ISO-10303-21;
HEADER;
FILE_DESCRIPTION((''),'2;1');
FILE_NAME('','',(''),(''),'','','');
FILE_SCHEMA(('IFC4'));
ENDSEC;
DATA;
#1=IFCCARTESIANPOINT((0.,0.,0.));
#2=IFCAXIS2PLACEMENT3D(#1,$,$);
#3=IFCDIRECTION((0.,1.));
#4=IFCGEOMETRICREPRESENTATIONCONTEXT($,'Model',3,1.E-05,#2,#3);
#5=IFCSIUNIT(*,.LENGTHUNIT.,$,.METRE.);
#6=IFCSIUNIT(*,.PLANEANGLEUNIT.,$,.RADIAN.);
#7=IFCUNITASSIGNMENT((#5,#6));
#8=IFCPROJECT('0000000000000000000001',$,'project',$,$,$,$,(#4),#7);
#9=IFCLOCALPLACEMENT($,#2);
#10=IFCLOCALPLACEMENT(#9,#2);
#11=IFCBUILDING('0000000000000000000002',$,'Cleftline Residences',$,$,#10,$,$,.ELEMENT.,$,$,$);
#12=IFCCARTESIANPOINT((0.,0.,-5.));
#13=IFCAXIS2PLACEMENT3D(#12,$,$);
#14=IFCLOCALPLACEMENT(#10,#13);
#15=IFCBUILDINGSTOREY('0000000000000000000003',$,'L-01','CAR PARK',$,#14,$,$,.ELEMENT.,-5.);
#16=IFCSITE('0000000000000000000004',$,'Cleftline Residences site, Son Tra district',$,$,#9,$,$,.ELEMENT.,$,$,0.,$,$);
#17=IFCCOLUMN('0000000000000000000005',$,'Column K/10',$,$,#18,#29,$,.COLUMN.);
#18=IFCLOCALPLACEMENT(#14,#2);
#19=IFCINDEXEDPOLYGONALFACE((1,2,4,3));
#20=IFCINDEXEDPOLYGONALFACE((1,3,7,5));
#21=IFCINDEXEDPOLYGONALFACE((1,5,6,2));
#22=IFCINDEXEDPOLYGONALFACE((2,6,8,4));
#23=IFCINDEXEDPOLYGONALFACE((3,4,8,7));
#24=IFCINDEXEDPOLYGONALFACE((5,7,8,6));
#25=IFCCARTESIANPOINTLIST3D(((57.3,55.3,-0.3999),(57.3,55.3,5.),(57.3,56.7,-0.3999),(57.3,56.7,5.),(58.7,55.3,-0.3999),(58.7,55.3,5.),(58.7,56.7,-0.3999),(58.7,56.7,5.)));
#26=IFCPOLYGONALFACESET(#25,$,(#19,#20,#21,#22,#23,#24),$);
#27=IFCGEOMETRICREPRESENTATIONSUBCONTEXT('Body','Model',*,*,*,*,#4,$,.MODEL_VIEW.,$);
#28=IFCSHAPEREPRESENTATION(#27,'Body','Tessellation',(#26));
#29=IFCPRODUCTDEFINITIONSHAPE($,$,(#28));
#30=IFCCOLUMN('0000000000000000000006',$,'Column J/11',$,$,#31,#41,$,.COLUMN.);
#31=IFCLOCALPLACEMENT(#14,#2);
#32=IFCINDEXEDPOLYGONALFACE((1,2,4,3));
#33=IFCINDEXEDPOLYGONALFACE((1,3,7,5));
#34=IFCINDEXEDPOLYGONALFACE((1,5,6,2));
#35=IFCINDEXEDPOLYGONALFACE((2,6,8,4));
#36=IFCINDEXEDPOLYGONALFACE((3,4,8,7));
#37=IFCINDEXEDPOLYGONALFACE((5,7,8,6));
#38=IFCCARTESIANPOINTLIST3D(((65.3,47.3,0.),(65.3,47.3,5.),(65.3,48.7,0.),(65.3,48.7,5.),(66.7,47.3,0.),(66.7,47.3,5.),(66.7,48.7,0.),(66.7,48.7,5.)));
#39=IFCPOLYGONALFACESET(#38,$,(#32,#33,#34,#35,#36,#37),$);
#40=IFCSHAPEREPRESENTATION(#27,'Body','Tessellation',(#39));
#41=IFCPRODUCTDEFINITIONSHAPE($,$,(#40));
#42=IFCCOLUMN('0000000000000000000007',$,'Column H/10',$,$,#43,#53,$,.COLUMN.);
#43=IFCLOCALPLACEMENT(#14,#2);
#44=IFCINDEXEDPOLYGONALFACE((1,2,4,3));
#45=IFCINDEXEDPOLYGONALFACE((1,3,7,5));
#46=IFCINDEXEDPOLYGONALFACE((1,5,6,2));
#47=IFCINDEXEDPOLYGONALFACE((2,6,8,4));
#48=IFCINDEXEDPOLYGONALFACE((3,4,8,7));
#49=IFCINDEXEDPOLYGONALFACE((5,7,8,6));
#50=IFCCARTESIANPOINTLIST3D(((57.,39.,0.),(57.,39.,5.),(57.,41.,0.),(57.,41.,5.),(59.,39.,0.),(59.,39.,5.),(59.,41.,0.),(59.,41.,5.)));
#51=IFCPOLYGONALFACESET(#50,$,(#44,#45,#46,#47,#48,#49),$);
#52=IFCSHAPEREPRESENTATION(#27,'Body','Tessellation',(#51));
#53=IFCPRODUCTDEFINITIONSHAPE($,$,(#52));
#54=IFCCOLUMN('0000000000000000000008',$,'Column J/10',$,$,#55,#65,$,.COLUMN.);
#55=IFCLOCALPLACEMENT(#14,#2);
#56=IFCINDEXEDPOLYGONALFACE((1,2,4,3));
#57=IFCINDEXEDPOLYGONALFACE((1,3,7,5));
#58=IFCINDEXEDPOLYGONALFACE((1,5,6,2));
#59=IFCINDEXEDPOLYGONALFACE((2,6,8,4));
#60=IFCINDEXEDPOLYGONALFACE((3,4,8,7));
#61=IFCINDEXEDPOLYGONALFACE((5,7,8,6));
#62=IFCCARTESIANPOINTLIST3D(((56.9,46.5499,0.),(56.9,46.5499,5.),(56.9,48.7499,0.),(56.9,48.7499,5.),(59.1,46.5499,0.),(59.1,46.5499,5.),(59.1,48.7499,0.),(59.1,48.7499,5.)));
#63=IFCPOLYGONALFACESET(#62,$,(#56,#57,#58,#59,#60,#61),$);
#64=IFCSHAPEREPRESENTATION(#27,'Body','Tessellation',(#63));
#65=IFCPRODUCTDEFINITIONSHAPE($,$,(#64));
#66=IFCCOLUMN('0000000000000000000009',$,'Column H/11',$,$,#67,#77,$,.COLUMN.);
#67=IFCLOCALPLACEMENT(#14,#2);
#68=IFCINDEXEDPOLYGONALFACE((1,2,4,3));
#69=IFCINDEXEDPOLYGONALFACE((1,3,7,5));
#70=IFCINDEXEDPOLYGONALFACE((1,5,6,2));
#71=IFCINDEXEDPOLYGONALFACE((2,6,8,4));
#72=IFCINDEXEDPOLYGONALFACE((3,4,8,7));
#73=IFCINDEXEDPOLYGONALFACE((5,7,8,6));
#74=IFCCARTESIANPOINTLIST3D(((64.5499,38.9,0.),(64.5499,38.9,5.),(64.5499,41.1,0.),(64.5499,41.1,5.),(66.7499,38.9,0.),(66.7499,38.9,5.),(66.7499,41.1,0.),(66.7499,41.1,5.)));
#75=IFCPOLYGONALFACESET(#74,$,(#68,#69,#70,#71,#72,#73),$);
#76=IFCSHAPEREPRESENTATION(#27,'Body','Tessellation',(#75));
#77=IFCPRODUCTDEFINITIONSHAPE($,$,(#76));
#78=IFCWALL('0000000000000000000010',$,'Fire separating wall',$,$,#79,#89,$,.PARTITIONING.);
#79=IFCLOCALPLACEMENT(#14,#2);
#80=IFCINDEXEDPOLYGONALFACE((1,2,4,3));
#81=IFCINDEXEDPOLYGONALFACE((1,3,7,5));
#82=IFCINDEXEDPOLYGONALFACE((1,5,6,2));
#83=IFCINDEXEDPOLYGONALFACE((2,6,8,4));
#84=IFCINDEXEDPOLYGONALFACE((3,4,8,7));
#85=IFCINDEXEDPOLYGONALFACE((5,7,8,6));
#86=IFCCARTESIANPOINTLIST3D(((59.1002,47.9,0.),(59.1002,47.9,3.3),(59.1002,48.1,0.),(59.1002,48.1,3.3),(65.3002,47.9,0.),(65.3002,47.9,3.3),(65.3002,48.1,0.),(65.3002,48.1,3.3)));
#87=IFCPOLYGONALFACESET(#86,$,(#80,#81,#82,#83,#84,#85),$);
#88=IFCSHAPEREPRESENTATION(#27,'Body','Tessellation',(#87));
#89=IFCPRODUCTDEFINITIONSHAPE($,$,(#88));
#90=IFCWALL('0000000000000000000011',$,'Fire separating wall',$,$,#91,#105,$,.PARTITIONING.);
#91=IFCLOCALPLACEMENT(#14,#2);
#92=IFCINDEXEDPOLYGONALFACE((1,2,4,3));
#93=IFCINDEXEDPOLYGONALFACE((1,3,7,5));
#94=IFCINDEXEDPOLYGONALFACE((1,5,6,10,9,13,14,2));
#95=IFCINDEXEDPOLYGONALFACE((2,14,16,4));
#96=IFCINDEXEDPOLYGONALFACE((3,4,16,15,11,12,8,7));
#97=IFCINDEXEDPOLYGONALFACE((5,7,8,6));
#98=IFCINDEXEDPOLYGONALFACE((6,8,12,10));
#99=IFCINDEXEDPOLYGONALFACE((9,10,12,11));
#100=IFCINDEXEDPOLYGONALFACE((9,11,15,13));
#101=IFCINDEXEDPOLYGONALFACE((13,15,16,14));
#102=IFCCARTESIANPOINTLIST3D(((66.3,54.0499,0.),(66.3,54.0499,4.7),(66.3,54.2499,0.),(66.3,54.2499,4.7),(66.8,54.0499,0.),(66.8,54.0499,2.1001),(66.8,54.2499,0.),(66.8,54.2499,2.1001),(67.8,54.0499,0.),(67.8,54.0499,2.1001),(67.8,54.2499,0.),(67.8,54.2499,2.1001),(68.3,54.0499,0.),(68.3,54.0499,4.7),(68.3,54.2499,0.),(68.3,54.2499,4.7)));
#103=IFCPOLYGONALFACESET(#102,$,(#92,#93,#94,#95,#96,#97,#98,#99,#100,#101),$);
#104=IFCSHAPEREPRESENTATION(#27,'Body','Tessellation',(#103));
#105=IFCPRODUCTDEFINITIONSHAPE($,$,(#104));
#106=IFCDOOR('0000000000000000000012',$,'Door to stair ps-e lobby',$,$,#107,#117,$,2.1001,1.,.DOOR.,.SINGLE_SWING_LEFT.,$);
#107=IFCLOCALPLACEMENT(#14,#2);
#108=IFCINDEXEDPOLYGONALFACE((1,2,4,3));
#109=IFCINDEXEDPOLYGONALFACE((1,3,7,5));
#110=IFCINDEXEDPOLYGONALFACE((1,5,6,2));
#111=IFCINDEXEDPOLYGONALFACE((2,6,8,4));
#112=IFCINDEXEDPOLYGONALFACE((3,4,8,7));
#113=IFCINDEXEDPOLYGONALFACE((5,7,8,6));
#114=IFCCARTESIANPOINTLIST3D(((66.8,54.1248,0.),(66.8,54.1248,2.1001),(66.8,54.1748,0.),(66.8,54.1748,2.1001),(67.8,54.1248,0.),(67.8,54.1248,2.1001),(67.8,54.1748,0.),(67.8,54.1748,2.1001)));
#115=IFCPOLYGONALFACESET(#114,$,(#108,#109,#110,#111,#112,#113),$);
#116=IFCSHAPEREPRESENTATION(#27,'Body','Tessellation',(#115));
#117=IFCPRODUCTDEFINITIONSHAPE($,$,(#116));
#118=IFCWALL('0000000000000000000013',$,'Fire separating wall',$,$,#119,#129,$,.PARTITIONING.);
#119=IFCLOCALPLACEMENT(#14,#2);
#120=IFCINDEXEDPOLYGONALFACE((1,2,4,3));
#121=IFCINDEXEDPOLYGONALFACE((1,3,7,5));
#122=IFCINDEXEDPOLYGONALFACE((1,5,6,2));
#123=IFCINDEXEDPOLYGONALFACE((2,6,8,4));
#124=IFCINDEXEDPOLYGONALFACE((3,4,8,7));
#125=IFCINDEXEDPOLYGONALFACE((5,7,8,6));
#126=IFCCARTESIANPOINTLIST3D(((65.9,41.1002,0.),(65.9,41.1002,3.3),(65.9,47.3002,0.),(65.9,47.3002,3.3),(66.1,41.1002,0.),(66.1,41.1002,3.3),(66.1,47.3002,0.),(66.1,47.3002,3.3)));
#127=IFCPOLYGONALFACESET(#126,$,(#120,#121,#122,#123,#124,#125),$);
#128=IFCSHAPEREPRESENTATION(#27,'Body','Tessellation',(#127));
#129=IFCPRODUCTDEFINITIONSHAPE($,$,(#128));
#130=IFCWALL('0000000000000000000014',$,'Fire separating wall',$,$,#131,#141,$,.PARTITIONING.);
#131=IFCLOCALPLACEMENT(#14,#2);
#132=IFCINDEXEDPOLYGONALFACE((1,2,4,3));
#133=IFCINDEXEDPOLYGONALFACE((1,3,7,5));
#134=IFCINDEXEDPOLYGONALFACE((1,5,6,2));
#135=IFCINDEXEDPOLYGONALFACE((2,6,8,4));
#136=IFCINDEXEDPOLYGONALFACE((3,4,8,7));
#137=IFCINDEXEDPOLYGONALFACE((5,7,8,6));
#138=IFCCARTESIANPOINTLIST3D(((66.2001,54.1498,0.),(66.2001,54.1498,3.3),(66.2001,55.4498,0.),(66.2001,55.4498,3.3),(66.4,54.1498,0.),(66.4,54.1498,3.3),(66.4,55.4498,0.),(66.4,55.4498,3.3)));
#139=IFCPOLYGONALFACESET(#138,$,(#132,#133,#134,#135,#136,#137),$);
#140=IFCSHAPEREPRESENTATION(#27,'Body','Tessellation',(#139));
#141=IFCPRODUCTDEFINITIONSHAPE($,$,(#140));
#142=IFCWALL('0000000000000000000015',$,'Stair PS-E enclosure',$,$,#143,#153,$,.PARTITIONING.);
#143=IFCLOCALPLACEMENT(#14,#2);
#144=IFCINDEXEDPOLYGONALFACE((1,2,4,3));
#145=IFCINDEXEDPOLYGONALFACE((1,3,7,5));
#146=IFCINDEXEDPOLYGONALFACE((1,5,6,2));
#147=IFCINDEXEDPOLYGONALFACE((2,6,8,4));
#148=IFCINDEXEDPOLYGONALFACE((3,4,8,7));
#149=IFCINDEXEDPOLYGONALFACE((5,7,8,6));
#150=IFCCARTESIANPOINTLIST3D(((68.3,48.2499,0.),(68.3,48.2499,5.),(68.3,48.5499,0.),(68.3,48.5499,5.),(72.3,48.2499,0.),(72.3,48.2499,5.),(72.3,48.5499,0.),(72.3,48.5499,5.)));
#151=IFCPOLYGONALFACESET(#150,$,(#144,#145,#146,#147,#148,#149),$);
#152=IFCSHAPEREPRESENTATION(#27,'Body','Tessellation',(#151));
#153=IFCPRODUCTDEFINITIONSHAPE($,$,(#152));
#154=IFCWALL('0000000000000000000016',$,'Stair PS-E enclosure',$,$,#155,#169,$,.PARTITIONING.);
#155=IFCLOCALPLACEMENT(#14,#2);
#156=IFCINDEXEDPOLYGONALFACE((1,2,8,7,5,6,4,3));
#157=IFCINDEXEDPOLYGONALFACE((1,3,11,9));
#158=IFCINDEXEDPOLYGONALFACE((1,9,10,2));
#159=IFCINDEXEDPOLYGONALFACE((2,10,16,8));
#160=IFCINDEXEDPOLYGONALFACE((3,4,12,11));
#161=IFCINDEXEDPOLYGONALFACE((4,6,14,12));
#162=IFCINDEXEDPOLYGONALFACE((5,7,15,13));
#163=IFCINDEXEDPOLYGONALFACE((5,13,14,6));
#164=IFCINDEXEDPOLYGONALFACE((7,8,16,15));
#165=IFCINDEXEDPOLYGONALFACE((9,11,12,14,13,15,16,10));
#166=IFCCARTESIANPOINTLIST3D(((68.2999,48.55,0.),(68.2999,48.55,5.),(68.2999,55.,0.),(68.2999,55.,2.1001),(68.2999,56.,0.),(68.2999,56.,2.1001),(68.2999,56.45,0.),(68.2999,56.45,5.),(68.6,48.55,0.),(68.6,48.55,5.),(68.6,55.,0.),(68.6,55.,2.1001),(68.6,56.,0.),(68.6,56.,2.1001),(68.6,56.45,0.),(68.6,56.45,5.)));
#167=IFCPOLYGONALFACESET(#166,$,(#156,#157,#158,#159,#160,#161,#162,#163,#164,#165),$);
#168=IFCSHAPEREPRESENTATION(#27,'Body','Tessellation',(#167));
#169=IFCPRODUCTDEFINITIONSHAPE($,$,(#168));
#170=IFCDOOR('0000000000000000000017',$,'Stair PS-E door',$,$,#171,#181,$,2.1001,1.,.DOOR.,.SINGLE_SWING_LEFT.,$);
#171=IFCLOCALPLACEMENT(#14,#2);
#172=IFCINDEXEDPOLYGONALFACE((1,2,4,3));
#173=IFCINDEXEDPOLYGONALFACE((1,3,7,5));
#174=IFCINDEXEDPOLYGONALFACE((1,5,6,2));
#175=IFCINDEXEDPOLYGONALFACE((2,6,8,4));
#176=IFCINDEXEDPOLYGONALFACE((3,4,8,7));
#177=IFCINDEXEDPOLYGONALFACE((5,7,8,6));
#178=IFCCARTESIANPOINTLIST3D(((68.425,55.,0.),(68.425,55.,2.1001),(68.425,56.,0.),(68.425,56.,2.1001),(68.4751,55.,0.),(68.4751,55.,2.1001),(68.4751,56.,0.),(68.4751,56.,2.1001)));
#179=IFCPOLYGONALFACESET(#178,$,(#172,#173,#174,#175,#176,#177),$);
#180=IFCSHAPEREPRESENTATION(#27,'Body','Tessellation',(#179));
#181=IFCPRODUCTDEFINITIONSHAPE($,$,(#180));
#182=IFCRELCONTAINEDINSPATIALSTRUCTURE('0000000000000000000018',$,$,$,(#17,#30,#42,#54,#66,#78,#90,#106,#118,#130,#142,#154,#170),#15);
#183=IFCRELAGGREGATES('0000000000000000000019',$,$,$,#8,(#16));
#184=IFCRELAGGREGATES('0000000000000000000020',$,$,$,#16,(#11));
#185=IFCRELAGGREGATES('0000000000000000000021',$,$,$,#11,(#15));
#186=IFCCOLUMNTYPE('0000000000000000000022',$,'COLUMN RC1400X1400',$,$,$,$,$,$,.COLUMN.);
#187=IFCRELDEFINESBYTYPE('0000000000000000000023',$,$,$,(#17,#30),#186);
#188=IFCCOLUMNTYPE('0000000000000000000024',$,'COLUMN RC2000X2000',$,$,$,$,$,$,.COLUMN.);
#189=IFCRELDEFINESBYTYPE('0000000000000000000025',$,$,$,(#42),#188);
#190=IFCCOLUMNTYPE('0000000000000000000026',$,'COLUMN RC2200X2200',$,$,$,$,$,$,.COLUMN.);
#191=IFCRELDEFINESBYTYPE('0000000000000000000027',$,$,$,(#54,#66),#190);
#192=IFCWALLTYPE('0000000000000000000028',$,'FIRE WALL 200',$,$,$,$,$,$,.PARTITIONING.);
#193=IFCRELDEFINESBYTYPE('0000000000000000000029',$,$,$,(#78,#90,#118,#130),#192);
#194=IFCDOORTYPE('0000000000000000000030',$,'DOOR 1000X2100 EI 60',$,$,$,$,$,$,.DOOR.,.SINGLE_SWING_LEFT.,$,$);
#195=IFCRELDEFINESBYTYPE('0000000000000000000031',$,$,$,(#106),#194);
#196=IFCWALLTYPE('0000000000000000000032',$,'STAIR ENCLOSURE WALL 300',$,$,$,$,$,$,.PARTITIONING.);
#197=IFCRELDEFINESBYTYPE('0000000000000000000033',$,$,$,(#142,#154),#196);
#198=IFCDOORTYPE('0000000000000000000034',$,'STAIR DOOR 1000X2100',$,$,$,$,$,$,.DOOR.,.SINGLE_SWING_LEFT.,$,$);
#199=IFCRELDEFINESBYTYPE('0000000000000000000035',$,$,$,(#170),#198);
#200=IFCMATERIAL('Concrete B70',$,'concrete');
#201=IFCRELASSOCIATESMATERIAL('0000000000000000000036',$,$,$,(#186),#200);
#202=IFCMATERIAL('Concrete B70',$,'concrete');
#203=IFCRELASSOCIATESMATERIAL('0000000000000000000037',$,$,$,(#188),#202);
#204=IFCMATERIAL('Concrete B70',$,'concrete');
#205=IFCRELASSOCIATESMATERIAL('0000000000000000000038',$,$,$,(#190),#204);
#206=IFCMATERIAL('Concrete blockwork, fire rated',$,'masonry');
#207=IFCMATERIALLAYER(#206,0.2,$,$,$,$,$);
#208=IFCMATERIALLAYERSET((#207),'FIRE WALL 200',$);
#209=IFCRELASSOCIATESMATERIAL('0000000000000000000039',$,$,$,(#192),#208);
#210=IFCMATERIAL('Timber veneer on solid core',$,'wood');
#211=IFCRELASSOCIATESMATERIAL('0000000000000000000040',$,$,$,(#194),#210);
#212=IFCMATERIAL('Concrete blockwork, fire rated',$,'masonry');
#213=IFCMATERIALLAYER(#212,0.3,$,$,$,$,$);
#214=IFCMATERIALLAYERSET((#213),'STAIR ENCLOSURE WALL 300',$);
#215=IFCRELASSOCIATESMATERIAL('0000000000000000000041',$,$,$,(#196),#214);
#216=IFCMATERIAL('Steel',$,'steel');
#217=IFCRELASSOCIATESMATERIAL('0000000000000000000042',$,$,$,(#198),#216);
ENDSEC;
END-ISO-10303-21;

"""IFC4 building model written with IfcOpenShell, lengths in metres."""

from ifc_helpers import new_model, si_unit, direction, frame, frame_2d, origin, origin_2d, place, context, subcontext, project, spatial, rectangle, extrude, material, layer, layer_set, material_profile, profile_set, type_object, element, fill, save


model = new_model("IFC4")

# Units and contexts
model_context = context("Model", 3, precision=1e-05, world=origin(), true_north=direction((0.0, 1.0)))
body_context = subcontext(model_context, "Body", "Model", "MODEL_VIEW")
ifc_project = project(units=[si_unit("LENGTHUNIT", "METRE"), si_unit("PLANEANGLEUNIT", "RADIAN")], contexts=[model_context])

# Site, building, storey
site_placement = place(None, origin())
site = spatial("IfcSite", under=ifc_project, at=site_placement, Name="Cleftline Residences site, Son Tra district", CompositionType="ELEMENT", RefElevation=0.0)
building_placement = place(site_placement, origin())
building = spatial("IfcBuilding", under=site, at=building_placement, Name="Cleftline Residences", CompositionType="ELEMENT")
storey_placement = place(building_placement, frame((0.0, 0.0, -5.0)))
storey = spatial("IfcBuildingStorey", under=building, at=storey_placement, Name="L-01", Description="CAR PARK", CompositionType="ELEMENT", Elevation=-5.0)

# Columns
ifc_material_1 = material(Name="Concrete B70", Category="concrete")
ifc_material_profile_1 = material_profile(ifc_material_1, rectangle(XDim=1.3999, YDim=1.3999, at=origin_2d()))
ifc_profile_set_1 = profile_set([ifc_material_profile_1], Name="Concrete B70")
column_type_1 = type_object("IfcColumnType", Name="COLUMN RC1400X1400", PredefinedType="COLUMN", material=ifc_profile_set_1)
column_1_placement = place(storey_placement, frame((58.0, 56.0, -0.3999), z_axis=(0.0, 0.0, 1.0), x_axis=(1.0, 0.0, 0.0)))
element("IfcColumn", 1, at=column_1_placement, inside=storey, type_object=column_type_1, Name="Column K/10", PredefinedType="COLUMN", context=body_context, shape_type="SweptSolid", body=[
    extrude(rectangle(XDim=1.3999, YDim=1.3999, at=origin_2d()), origin(), (0.0, 0.0, 1.0), 5.3999),
])
column_2_placement = place(storey_placement, frame((66.0, 48.0, 0.0), z_axis=(0.0, 0.0, 1.0), x_axis=(1.0, 0.0, 0.0)))
element("IfcColumn", 2, at=column_2_placement, inside=storey, type_object=column_type_1, Name="Column J/11", PredefinedType="COLUMN", context=body_context, shape_type="SweptSolid", body=[
    extrude(rectangle(XDim=1.3999, YDim=1.3999, at=origin_2d()), origin(), (0.0, 0.0, 1.0), 5.0),
])
ifc_material_2 = material(Name="Concrete B70", Category="concrete")
ifc_material_profile_2 = material_profile(ifc_material_2, rectangle(XDim=2.0, YDim=2.0, at=origin_2d()))
ifc_profile_set_2 = profile_set([ifc_material_profile_2], Name="Concrete B70")
column_type_2 = type_object("IfcColumnType", Name="COLUMN RC2000X2000", PredefinedType="COLUMN", material=ifc_profile_set_2)
column_3_placement = place(storey_placement, frame((58.0, 40.0, 0.0), z_axis=(0.0, 0.0, 1.0), x_axis=(1.0, 0.0, 0.0)))
element("IfcColumn", 3, at=column_3_placement, inside=storey, type_object=column_type_2, Name="Column H/10", PredefinedType="COLUMN", context=body_context, shape_type="SweptSolid", body=[
    extrude(rectangle(XDim=2.0, YDim=2.0, at=origin_2d()), origin(), (0.0, 0.0, 1.0), 5.0),
])
ifc_material_3 = material(Name="Concrete B70", Category="concrete")
ifc_material_profile_3 = material_profile(ifc_material_3, rectangle(XDim=2.2, YDim=2.2, at=origin_2d()))
ifc_profile_set_3 = profile_set([ifc_material_profile_3], Name="Concrete B70")
column_type_3 = type_object("IfcColumnType", Name="COLUMN RC2200X2200", PredefinedType="COLUMN", material=ifc_profile_set_3)
for number, where, z_axis, x_axis, name in (
    (4, (58.0, 47.6499, 0.0), (0.0, 0.0, 1.0), (1.0, 0.0, 0.0), "Column J/10"),
    (5, (65.6499, 40.0, 0.0), (0.0, 0.0, 1.0), (1.0, 0.0, 0.0), "Column H/11"),
):
    element("IfcColumn", number, at=place(storey_placement, frame(where, z_axis=z_axis, x_axis=x_axis)), inside=storey, type_object=column_type_3, Name=name, PredefinedType="COLUMN", context=body_context, shape_type="SweptSolid", body=[
        extrude(rectangle(XDim=2.2, YDim=2.2, at=origin_2d()), origin(), (0.0, 0.0, 1.0), 5.0),
    ])

# Wall
ifc_material_4 = material(Name="Concrete blockwork, fire rated", Category="masonry")
ifc_layer_1 = layer(ifc_material_4, 0.2)
ifc_layer_set_1 = layer_set([ifc_layer_1], Name="FIRE WALL 200")
wall_type_1 = type_object("IfcWallType", Name="FIRE WALL 200", PredefinedType="PARTITIONING", material=ifc_layer_set_1)
wall_1_placement = place(storey_placement, frame((59.1001, 48.0, 0.0), z_axis=(0.0, 0.0, 1.0), x_axis=(1.0, 0.0, 0.0)))
element("IfcWall", 6, at=wall_1_placement, inside=storey, type_object=wall_type_1, Name="Fire separating wall", PredefinedType="PARTITIONING", context=body_context, shape_type="SweptSolid", body=[
    extrude(rectangle(XDim=6.2, YDim=0.2, at=frame_2d((3.1001, 0.0))), origin(), (0.0, 0.0, 1.0), 3.3),
])

# Wall, opening, door
wall_2_placement = place(storey_placement, frame((66.3, 54.1499, 0.0), z_axis=(0.0, 0.0, 1.0), x_axis=(1.0, 0.0, 0.0)))
wall_2 = element("IfcWall", 7, at=wall_2_placement, inside=storey, type_object=wall_type_1, Name="Fire separating wall", PredefinedType="PARTITIONING", context=body_context, shape_type="SweptSolid", body=[
    extrude(rectangle(XDim=2.0, YDim=0.2, at=frame_2d((1.0, 0.0))), origin(), (0.0, 0.0, 1.0), 4.7),
])
opening_1_placement = place(wall_2_placement, frame((0.5, 0.0, 0.0)))
opening_1 = element("IfcOpeningElement", 8, at=opening_1_placement, cuts=wall_2, PredefinedType="OPENING", context=body_context, shape_type="SweptSolid", body=[
    extrude(rectangle(XDim=1.0, YDim=2.1001, at=frame_2d((0.5, 1.05))), frame((0.0, 0.1099, 0.0), z_axis=(0.0, -1.0, 0.0), x_axis=(1.0, 0.0, 0.0)), (0.0, 0.0, 1.0), 0.22),
])
ifc_material_5 = material(Name="Timber veneer on solid core", Category="wood")
door_type_1 = type_object("IfcDoorType", Name="DOOR 1000X2100 EI 60", OperationType="SINGLE_SWING_LEFT", PredefinedType="DOOR", material=ifc_material_5)
door_1_placement = place(opening_1_placement, origin())
door_1 = element("IfcDoor", 9, at=door_1_placement, inside=storey, type_object=door_type_1, Name="Door to stair ps-e lobby", OperationType="SINGLE_SWING_LEFT", OverallHeight=2.1001, OverallWidth=1.0, PredefinedType="DOOR", context=body_context, shape_type="SweptSolid", body=[
    extrude(rectangle(XDim=1.0, YDim=2.1001, at=frame_2d((0.5, 1.05))), frame((0.0, 0.0249, 0.0), z_axis=(0.0, -1.0, 0.0), x_axis=(1.0, 0.0, 0.0)), (0.0, 0.0, 1.0), 0.05),
])
fill(opening_1, door_1)

# Walls
wall_3_placement = place(storey_placement, frame((66.0, 41.1001, 0.0), z_axis=(0.0, 0.0, 1.0), x_axis=(0.0, 1.0, 0.0)))
element("IfcWall", 10, at=wall_3_placement, inside=storey, type_object=wall_type_1, Name="Fire separating wall", PredefinedType="PARTITIONING", context=body_context, shape_type="SweptSolid", body=[
    extrude(rectangle(XDim=6.2, YDim=0.2, at=frame_2d((3.1001, 0.0))), origin(), (0.0, 0.0, 1.0), 3.3),
])
wall_4_placement = place(storey_placement, frame((66.3, 54.1499, 0.0), z_axis=(0.0, 0.0, 1.0), x_axis=(0.0, 1.0, 0.0)))
element("IfcWall", 11, at=wall_4_placement, inside=storey, type_object=wall_type_1, Name="Fire separating wall", PredefinedType="PARTITIONING", context=body_context, shape_type="SweptSolid", body=[
    extrude(rectangle(XDim=1.3, YDim=0.2, at=frame_2d((0.6499, 0.0))), origin(), (0.0, 0.0, 1.0), 3.3),
])
ifc_material_6 = material(Name="Concrete blockwork, fire rated", Category="masonry")
ifc_layer_2 = layer(ifc_material_6, 0.3)
ifc_layer_set_2 = layer_set([ifc_layer_2], Name="STAIR ENCLOSURE WALL 300")
wall_type_2 = type_object("IfcWallType", Name="STAIR ENCLOSURE WALL 300", PredefinedType="PARTITIONING", material=ifc_layer_set_2)
wall_5_placement = place(storey_placement, frame((68.3, 48.3999, 0.0), z_axis=(0.0, 0.0, 1.0), x_axis=(1.0, 0.0, 0.0)))
element("IfcWall", 12, at=wall_5_placement, inside=storey, type_object=wall_type_2, Name="Stair PS-E enclosure", PredefinedType="PARTITIONING", context=body_context, shape_type="SweptSolid", body=[
    extrude(rectangle(XDim=4.0, YDim=0.3, at=frame_2d((2.0, 0.0))), origin(), (0.0, 0.0, 1.0), 5.0),
])

# Wall, opening, door
wall_6_placement = place(storey_placement, frame((68.45, 48.55, 0.0), z_axis=(0.0, 0.0, 1.0), x_axis=(0.0, 1.0, 0.0)))
wall_6 = element("IfcWall", 13, at=wall_6_placement, inside=storey, type_object=wall_type_2, Name="Stair PS-E enclosure", PredefinedType="PARTITIONING", context=body_context, shape_type="SweptSolid", body=[
    extrude(rectangle(XDim=7.8999, YDim=0.3, at=frame_2d((3.95, 0.0))), origin(), (0.0, 0.0, 1.0), 5.0),
])
opening_2_placement = place(wall_6_placement, frame((6.45, 0.0, 0.0)))
opening_2 = element("IfcOpeningElement", 14, at=opening_2_placement, cuts=wall_6, PredefinedType="OPENING", context=body_context, shape_type="SweptSolid", body=[
    extrude(rectangle(XDim=1.0, YDim=2.1001, at=frame_2d((0.5, 1.05))), frame((0.0, 0.1599, 0.0), z_axis=(0.0, -1.0, 0.0), x_axis=(1.0, 0.0, 0.0)), (0.0, 0.0, 1.0), 0.3201),
])
ifc_material_7 = material(Name="Steel", Category="steel")
door_type_2 = type_object("IfcDoorType", Name="STAIR DOOR 1000X2100", OperationType="SINGLE_SWING_LEFT", PredefinedType="DOOR", material=ifc_material_7)
door_2_placement = place(opening_2_placement, origin())
door_2 = element("IfcDoor", 15, at=door_2_placement, inside=storey, type_object=door_type_2, Name="Stair PS-E door", OperationType="SINGLE_SWING_LEFT", OverallHeight=2.1001, OverallWidth=1.0, PredefinedType="DOOR", context=body_context, shape_type="SweptSolid", body=[
    extrude(rectangle(XDim=1.0, YDim=2.1001, at=frame_2d((0.5, 1.05))), frame((0.0, 0.0249, 0.0), z_axis=(0.0, -1.0, 0.0), x_axis=(1.0, 0.0, 0.0)), (0.0, 0.0, 1.0), 0.05),
])
fill(opening_2, door_2)

save(model, "model.ifc")
